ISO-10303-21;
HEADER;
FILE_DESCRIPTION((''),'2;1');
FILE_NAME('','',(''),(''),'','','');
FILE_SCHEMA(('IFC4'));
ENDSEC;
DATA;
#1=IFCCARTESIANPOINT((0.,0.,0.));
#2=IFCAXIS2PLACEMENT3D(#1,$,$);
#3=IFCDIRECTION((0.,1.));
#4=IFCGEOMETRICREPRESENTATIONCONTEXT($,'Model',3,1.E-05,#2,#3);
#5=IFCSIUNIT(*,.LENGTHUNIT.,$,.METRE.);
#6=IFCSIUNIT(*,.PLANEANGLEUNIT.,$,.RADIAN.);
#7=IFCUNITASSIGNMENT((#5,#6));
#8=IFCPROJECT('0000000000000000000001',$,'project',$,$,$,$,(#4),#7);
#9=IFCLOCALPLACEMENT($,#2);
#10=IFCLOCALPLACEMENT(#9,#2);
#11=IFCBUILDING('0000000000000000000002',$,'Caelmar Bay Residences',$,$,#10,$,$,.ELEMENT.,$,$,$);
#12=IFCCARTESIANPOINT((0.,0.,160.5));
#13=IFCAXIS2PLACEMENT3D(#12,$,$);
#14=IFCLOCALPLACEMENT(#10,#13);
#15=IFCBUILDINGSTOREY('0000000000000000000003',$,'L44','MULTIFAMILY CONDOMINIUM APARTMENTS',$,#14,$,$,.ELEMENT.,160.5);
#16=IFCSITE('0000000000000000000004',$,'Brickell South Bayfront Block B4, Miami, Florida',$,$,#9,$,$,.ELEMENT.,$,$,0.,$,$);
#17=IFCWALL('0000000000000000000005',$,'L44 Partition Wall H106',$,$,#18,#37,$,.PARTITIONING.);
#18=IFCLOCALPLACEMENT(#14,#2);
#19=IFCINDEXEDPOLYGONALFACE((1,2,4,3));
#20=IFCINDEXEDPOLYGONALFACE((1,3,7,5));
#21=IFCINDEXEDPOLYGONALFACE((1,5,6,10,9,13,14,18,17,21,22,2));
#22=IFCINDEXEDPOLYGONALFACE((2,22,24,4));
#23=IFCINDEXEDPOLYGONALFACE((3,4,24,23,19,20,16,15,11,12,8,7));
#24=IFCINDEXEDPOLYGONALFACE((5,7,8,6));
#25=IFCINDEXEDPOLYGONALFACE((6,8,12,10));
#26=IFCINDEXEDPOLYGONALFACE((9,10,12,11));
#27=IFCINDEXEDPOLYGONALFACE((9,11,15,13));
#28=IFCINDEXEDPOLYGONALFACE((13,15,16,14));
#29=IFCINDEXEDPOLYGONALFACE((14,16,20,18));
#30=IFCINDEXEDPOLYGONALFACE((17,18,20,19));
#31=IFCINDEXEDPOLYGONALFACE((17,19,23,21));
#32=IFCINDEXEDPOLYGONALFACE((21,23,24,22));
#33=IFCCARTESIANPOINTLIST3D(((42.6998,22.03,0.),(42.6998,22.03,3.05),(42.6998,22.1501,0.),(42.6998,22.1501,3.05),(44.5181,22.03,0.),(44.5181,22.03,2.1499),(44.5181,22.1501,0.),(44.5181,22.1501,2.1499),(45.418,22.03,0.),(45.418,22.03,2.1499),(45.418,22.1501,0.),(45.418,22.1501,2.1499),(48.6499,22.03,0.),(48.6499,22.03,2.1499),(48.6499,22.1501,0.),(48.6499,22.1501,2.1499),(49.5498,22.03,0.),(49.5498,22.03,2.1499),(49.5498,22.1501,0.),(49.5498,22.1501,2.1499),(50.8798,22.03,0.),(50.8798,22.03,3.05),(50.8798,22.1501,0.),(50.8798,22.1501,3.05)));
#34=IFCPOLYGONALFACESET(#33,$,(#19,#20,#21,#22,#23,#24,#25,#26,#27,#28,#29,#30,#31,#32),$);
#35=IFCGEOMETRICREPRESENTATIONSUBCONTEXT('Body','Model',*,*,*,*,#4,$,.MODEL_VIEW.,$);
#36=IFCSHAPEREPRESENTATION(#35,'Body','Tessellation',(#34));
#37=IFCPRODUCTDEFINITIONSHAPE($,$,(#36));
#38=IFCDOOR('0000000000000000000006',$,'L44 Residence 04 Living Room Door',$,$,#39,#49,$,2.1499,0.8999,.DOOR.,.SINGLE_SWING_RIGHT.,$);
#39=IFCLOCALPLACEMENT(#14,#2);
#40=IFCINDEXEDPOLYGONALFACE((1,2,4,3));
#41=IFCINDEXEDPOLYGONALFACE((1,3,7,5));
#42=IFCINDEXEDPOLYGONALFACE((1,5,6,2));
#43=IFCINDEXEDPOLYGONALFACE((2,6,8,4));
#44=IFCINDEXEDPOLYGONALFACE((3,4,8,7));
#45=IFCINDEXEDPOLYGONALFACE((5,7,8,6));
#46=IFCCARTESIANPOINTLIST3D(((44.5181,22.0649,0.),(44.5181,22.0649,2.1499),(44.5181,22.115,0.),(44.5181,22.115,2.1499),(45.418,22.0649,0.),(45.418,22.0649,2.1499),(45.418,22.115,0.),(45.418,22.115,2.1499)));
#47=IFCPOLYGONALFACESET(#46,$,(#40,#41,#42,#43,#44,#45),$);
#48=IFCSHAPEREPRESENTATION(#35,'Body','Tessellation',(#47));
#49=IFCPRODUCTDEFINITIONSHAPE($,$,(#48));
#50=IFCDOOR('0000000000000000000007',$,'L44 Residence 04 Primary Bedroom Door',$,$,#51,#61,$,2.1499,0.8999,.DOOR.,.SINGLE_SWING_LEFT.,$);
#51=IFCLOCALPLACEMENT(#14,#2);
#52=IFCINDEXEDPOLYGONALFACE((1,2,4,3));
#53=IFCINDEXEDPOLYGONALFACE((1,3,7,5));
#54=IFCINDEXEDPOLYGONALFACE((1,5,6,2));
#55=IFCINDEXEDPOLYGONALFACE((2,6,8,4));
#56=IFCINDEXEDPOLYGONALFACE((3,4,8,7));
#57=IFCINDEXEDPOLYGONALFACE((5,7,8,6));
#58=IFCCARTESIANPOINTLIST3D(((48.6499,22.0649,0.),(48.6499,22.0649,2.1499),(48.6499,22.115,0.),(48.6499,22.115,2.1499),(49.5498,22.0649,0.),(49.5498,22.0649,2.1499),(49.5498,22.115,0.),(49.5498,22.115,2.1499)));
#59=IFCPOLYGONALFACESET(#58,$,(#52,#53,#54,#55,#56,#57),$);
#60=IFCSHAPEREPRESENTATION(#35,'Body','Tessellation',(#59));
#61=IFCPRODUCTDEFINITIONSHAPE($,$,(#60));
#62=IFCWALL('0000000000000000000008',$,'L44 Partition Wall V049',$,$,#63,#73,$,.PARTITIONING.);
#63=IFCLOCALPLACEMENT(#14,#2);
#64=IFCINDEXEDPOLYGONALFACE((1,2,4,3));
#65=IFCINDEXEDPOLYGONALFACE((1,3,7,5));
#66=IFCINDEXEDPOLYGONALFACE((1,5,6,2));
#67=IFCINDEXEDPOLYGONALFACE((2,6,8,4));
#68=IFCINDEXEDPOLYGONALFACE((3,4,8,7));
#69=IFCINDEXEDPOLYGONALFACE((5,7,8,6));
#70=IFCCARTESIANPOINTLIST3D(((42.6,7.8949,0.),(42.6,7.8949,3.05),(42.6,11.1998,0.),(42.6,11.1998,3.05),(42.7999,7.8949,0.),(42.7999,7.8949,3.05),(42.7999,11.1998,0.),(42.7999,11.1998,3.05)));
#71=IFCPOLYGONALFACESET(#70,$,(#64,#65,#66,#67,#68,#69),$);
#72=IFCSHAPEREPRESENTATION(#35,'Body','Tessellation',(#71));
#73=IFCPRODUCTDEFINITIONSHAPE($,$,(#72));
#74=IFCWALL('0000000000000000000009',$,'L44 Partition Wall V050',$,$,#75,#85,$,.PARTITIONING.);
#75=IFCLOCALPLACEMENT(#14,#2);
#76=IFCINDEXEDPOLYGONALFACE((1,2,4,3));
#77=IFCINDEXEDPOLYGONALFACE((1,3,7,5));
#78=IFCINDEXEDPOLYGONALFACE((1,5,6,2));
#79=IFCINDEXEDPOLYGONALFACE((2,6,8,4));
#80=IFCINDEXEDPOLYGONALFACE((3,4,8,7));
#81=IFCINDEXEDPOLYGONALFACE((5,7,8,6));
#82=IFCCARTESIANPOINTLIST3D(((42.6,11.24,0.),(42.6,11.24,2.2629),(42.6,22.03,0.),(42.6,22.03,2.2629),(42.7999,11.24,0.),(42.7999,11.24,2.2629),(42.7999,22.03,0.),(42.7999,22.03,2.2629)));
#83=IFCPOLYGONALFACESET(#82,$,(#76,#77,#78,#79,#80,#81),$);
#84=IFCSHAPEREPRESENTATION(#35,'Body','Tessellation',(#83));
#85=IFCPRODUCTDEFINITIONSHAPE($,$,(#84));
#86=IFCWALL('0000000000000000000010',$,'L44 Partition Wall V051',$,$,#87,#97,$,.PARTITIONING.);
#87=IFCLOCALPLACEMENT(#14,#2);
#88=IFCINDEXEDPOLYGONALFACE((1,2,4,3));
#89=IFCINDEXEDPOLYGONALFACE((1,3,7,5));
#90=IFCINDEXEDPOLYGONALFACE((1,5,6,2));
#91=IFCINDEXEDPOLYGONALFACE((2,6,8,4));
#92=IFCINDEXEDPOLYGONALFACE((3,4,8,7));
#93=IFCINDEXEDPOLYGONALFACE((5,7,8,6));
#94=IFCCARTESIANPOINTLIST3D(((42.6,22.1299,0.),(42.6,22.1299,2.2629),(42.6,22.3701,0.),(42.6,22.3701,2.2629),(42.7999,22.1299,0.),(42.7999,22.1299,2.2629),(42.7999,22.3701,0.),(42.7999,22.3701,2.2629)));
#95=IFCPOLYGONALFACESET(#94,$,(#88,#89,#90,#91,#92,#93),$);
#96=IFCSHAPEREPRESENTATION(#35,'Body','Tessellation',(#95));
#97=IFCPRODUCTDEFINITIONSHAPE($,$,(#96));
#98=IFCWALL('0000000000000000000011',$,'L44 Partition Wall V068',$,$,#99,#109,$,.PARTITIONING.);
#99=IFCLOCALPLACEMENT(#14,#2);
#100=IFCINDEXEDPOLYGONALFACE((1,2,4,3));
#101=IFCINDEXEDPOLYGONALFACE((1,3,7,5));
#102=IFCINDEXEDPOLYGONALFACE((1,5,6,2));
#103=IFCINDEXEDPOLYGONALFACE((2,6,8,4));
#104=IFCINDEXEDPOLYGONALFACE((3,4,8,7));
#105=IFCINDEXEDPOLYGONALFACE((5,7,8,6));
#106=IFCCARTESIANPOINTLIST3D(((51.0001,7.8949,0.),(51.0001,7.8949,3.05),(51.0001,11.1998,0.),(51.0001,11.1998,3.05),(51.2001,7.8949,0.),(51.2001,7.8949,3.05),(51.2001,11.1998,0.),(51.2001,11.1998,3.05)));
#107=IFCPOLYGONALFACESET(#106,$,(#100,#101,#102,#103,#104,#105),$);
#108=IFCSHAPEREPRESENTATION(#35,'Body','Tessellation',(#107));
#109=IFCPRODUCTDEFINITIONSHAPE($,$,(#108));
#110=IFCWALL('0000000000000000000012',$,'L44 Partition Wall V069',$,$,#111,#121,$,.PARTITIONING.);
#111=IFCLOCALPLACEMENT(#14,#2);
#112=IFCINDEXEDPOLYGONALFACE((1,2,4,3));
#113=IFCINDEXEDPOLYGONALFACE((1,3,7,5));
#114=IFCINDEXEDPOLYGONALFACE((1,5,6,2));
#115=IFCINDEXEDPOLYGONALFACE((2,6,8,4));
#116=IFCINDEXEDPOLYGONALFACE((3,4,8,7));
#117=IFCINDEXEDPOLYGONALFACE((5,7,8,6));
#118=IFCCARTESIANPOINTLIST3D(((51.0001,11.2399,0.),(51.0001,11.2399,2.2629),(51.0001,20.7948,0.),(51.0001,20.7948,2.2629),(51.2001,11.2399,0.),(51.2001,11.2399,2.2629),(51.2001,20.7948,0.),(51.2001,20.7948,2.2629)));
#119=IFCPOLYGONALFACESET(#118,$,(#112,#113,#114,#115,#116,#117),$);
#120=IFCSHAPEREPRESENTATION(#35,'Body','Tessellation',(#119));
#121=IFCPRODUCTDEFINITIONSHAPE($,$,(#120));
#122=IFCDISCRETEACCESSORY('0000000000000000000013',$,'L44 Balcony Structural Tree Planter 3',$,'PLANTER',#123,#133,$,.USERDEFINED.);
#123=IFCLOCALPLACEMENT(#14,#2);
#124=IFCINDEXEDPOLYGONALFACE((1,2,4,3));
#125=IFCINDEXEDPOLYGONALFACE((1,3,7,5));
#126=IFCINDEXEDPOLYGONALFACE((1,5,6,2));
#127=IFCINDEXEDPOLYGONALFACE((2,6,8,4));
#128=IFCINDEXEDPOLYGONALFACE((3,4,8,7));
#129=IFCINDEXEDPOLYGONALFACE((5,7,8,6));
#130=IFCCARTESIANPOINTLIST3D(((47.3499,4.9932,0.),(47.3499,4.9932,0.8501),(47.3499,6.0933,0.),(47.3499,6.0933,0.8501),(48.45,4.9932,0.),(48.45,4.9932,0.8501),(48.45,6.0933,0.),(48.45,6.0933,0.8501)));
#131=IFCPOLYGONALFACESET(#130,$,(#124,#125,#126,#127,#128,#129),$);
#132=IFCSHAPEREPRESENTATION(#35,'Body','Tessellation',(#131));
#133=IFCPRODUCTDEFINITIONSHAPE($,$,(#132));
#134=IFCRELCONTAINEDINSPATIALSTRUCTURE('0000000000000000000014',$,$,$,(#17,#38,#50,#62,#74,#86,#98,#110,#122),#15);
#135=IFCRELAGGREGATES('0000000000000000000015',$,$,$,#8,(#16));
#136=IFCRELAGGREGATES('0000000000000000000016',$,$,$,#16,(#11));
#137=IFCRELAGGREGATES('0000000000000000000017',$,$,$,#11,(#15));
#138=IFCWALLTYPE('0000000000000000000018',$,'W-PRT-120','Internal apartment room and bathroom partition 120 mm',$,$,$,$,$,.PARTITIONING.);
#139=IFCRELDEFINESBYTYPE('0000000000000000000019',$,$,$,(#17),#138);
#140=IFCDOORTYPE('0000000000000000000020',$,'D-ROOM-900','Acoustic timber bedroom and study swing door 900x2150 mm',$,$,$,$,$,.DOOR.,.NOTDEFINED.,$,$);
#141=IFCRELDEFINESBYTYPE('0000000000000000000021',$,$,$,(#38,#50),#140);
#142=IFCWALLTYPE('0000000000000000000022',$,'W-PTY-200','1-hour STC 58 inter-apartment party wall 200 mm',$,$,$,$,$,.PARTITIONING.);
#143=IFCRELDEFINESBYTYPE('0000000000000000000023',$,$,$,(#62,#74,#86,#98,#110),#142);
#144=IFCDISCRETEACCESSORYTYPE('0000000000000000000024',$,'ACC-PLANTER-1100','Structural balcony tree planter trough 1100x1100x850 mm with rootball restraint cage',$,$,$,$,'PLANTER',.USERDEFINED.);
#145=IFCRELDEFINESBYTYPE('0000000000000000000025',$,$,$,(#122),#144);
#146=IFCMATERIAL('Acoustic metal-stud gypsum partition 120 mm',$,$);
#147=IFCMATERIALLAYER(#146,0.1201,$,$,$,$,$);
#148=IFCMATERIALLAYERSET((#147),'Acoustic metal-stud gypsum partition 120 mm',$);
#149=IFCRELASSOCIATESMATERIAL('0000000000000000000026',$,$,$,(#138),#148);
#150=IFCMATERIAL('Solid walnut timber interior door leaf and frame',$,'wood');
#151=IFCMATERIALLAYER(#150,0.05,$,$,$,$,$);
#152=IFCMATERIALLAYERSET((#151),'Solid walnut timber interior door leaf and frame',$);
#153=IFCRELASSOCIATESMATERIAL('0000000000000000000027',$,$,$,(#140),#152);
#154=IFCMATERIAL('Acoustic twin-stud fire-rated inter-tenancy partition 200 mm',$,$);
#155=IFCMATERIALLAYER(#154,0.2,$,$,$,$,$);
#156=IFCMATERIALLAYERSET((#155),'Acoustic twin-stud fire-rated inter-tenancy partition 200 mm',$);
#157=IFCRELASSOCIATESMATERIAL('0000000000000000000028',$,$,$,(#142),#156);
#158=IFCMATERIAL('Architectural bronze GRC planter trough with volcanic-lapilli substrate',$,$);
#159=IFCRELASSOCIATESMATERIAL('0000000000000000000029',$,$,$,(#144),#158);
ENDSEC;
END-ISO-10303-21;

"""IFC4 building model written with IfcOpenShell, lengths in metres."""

from ifc_helpers import new_model, si_unit, direction, frame, frame_2d, origin, origin_2d, place, context, subcontext, project, spatial, rectangle, extrude, material, layer, layer_set, type_object, element, fill, save


model = new_model("IFC4")

# Units and contexts
model_context = context("Model", 3, precision=1e-05, world=origin(), true_north=direction((0.0, 1.0)))
body_context = subcontext(model_context, "Body", "Model", "MODEL_VIEW")
ifc_project = project(units=[si_unit("LENGTHUNIT", "METRE"), si_unit("PLANEANGLEUNIT", "RADIAN")], contexts=[model_context])

# Site, building, storey
site_placement = place(None, origin())
site = spatial("IfcSite", under=ifc_project, at=site_placement, Name="Brickell South Bayfront Block B4, Miami, Florida", CompositionType="ELEMENT", RefElevation=0.0)
building_placement = place(site_placement, origin())
building = spatial("IfcBuilding", under=site, at=building_placement, Name="Caelmar Bay Residences", CompositionType="ELEMENT")
storey_placement = place(building_placement, frame((0.0, 0.0, 160.5)))
storey = spatial("IfcBuildingStorey", under=building, at=storey_placement, Name="L44", Description="MULTIFAMILY CONDOMINIUM APARTMENTS", CompositionType="ELEMENT", Elevation=160.5)

# Shared definitions
ifc_material_1 = material(Name="Acoustic metal-stud gypsum partition 120 mm")
ifc_layer_1 = layer(ifc_material_1, 0.1201)
ifc_layer_set_1 = layer_set([ifc_layer_1], Name="Acoustic metal-stud gypsum partition 120 mm")
wall_type_1 = type_object("IfcWallType", Name="W-PRT-120", Description="Internal apartment room and bathroom partition 120 mm", PredefinedType="PARTITIONING", material=ifc_layer_set_1)

# Wall, openings, doors
wall_1_placement = place(storey_placement, frame((42.7, 22.0901, 0.0), z_axis=(0.0, 0.0, 1.0), x_axis=(1.0, 0.0, 0.0)))
wall_1 = element("IfcWall", 1, at=wall_1_placement, inside=storey, type_object=wall_type_1, Name="L44 Partition Wall H106", PredefinedType="PARTITIONING", context=body_context, shape_type="SweptSolid", body=[
    extrude(rectangle(XDim=8.1799, YDim=0.1201, at=frame_2d((4.0898, 0.0))), origin(), (0.0, 0.0, 1.0), 3.05),
])
opening_1_placement = place(wall_1_placement, frame((1.8181, 0.0, 0.0)))
opening_1 = element("IfcOpeningElement", 2, at=opening_1_placement, cuts=wall_1, PredefinedType="OPENING", context=body_context, shape_type="SweptSolid", body=[
    extrude(rectangle(XDim=0.8999, YDim=2.1499, at=frame_2d((0.45, 1.075))), frame((0.0, 0.0701, 0.0), z_axis=(0.0, -1.0, 0.0), x_axis=(1.0, 0.0, 0.0)), (0.0, 0.0, 1.0), 0.1401),
])
opening_2_placement = place(wall_1_placement, frame((5.95, 0.0, 0.0)))
opening_2 = element("IfcOpeningElement", 3, at=opening_2_placement, cuts=wall_1, PredefinedType="OPENING", context=body_context, shape_type="SweptSolid", body=[
    extrude(rectangle(XDim=0.8999, YDim=2.1499, at=frame_2d((0.45, 1.075))), frame((0.0, 0.0701, 0.0), z_axis=(0.0, -1.0, 0.0), x_axis=(1.0, 0.0, 0.0)), (0.0, 0.0, 1.0), 0.1401),
])
ifc_material_2 = material(Name="Solid walnut timber interior door leaf and frame", Category="wood")
ifc_layer_2 = layer(ifc_material_2, 0.05)
ifc_layer_set_2 = layer_set([ifc_layer_2], Name="Solid walnut timber interior door leaf and frame")
door_type = type_object("IfcDoorType", Name="D-ROOM-900", Description="Acoustic timber bedroom and study swing door 900x2150 mm", OperationType="NOTDEFINED", PredefinedType="DOOR", material=ifc_layer_set_2)
door_1_placement = place(opening_1_placement, origin())
door_1 = element("IfcDoor", 4, at=door_1_placement, inside=storey, type_object=door_type, Name="L44 Residence 04 Living Room Door", OperationType="SINGLE_SWING_RIGHT", OverallHeight=2.1499, OverallWidth=0.8999, PredefinedType="DOOR", context=body_context, shape_type="SweptSolid", body=[
    extrude(rectangle(XDim=0.8999, YDim=2.1499, at=frame_2d((0.45, 1.075))), frame((0.0, 0.0249, 0.0), z_axis=(0.0, -1.0, 0.0), x_axis=(1.0, 0.0, 0.0)), (0.0, 0.0, 1.0), 0.05),
])
fill(opening_1, door_1)
door_2_placement = place(opening_2_placement, origin())
door_2 = element("IfcDoor", 5, at=door_2_placement, inside=storey, type_object=door_type, Name="L44 Residence 04 Primary Bedroom Door", OperationType="SINGLE_SWING_LEFT", OverallHeight=2.1499, OverallWidth=0.8999, PredefinedType="DOOR", context=body_context, shape_type="SweptSolid", body=[
    extrude(rectangle(XDim=0.8999, YDim=2.1499, at=frame_2d((0.45, 1.075))), frame((0.0, 0.0249, 0.0), z_axis=(0.0, -1.0, 0.0), x_axis=(1.0, 0.0, 0.0)), (0.0, 0.0, 1.0), 0.05),
])
fill(opening_2, door_2)

# Walls
ifc_material_3 = material(Name="Acoustic twin-stud fire-rated inter-tenancy partition 200 mm")
ifc_layer_3 = layer(ifc_material_3, 0.2)
ifc_layer_set_3 = layer_set([ifc_layer_3], Name="Acoustic twin-stud fire-rated inter-tenancy partition 200 mm")
wall_type_2 = type_object("IfcWallType", Name="W-PTY-200", Description="1-hour STC 58 inter-apartment party wall 200 mm", PredefinedType="PARTITIONING", material=ifc_layer_set_3)
wall_2_placement = place(storey_placement, frame((42.7, 7.895, 0.0), z_axis=(0.0, 0.0, 1.0), x_axis=(0.0, 1.0, 0.0)))
element("IfcWall", 6, at=wall_2_placement, inside=storey, type_object=wall_type_2, Name="L44 Partition Wall V049", PredefinedType="PARTITIONING", context=body_context, shape_type="SweptSolid", body=[
    extrude(rectangle(XDim=3.3049, YDim=0.2, at=frame_2d((1.6523, 0.0))), origin(), (0.0, 0.0, 1.0), 3.05),
])
wall_3_placement = place(storey_placement, frame((42.7, 11.24, 0.0), z_axis=(0.0, 0.0, 1.0), x_axis=(0.0, 1.0, 0.0)))
element("IfcWall", 7, at=wall_3_placement, inside=storey, type_object=wall_type_2, Name="L44 Partition Wall V050", PredefinedType="PARTITIONING", context=body_context, shape_type="SweptSolid", body=[
    extrude(rectangle(XDim=10.79, YDim=0.2, at=frame_2d((5.395, 0.0))), origin(), (0.0, 0.0, 1.0), 2.2629),
])
wall_4_placement = place(storey_placement, frame((42.7, 22.1299, 0.0), z_axis=(0.0, 0.0, 1.0), x_axis=(0.0, 1.0, 0.0)))
element("IfcWall", 8, at=wall_4_placement, inside=storey, type_object=wall_type_2, Name="L44 Partition Wall V051", PredefinedType="PARTITIONING", context=body_context, shape_type="SweptSolid", body=[
    extrude(rectangle(XDim=0.2402, YDim=0.2, at=frame_2d((0.1201, 0.0))), origin(), (0.0, 0.0, 1.0), 2.2629),
])
wall_5_placement = place(storey_placement, frame((51.1001, 7.895, 0.0), z_axis=(0.0, 0.0, 1.0), x_axis=(0.0, 1.0, 0.0)))
element("IfcWall", 9, at=wall_5_placement, inside=storey, type_object=wall_type_2, Name="L44 Partition Wall V068", PredefinedType="PARTITIONING", context=body_context, shape_type="SweptSolid", body=[
    extrude(rectangle(XDim=3.3049, YDim=0.2, at=frame_2d((1.6523, 0.0))), origin(), (0.0, 0.0, 1.0), 3.05),
])
wall_6_placement = place(storey_placement, frame((51.1001, 11.24, 0.0), z_axis=(0.0, 0.0, 1.0), x_axis=(0.0, 1.0, 0.0)))
element("IfcWall", 10, at=wall_6_placement, inside=storey, type_object=wall_type_2, Name="L44 Partition Wall V069", PredefinedType="PARTITIONING", context=body_context, shape_type="SweptSolid", body=[
    extrude(rectangle(XDim=9.5549, YDim=0.2, at=frame_2d((4.7773, 0.0))), origin(), (0.0, 0.0, 1.0), 2.2629),
])

# Discrete accessory
ifc_material_4 = material(Name="Architectural bronze GRC planter trough with volcanic-lapilli substrate")
discrete_accessory_type = type_object("IfcDiscreteAccessoryType", Name="ACC-PLANTER-1100", Description="Structural balcony tree planter trough 1100x1100x850 mm with rootball restraint cage", ElementType="PLANTER", PredefinedType="USERDEFINED", material=ifc_material_4)
discrete_accessory_placement = place(storey_placement, frame((47.8999, 5.5432, 0.0), z_axis=(0.0, 0.0, 1.0), x_axis=(1.0, 0.0, 0.0)))
element("IfcDiscreteAccessory", 11, at=discrete_accessory_placement, inside=storey, type_object=discrete_accessory_type, Name="L44 Balcony Structural Tree Planter 3", ObjectType="PLANTER", PredefinedType="USERDEFINED", context=body_context, shape_type="SweptSolid", body=[
    extrude(rectangle(XDim=1.1001, YDim=1.1001, at=origin_2d()), origin(), (0.0, 0.0, 1.0), 0.8501),
])

save(model, "model.ifc")
